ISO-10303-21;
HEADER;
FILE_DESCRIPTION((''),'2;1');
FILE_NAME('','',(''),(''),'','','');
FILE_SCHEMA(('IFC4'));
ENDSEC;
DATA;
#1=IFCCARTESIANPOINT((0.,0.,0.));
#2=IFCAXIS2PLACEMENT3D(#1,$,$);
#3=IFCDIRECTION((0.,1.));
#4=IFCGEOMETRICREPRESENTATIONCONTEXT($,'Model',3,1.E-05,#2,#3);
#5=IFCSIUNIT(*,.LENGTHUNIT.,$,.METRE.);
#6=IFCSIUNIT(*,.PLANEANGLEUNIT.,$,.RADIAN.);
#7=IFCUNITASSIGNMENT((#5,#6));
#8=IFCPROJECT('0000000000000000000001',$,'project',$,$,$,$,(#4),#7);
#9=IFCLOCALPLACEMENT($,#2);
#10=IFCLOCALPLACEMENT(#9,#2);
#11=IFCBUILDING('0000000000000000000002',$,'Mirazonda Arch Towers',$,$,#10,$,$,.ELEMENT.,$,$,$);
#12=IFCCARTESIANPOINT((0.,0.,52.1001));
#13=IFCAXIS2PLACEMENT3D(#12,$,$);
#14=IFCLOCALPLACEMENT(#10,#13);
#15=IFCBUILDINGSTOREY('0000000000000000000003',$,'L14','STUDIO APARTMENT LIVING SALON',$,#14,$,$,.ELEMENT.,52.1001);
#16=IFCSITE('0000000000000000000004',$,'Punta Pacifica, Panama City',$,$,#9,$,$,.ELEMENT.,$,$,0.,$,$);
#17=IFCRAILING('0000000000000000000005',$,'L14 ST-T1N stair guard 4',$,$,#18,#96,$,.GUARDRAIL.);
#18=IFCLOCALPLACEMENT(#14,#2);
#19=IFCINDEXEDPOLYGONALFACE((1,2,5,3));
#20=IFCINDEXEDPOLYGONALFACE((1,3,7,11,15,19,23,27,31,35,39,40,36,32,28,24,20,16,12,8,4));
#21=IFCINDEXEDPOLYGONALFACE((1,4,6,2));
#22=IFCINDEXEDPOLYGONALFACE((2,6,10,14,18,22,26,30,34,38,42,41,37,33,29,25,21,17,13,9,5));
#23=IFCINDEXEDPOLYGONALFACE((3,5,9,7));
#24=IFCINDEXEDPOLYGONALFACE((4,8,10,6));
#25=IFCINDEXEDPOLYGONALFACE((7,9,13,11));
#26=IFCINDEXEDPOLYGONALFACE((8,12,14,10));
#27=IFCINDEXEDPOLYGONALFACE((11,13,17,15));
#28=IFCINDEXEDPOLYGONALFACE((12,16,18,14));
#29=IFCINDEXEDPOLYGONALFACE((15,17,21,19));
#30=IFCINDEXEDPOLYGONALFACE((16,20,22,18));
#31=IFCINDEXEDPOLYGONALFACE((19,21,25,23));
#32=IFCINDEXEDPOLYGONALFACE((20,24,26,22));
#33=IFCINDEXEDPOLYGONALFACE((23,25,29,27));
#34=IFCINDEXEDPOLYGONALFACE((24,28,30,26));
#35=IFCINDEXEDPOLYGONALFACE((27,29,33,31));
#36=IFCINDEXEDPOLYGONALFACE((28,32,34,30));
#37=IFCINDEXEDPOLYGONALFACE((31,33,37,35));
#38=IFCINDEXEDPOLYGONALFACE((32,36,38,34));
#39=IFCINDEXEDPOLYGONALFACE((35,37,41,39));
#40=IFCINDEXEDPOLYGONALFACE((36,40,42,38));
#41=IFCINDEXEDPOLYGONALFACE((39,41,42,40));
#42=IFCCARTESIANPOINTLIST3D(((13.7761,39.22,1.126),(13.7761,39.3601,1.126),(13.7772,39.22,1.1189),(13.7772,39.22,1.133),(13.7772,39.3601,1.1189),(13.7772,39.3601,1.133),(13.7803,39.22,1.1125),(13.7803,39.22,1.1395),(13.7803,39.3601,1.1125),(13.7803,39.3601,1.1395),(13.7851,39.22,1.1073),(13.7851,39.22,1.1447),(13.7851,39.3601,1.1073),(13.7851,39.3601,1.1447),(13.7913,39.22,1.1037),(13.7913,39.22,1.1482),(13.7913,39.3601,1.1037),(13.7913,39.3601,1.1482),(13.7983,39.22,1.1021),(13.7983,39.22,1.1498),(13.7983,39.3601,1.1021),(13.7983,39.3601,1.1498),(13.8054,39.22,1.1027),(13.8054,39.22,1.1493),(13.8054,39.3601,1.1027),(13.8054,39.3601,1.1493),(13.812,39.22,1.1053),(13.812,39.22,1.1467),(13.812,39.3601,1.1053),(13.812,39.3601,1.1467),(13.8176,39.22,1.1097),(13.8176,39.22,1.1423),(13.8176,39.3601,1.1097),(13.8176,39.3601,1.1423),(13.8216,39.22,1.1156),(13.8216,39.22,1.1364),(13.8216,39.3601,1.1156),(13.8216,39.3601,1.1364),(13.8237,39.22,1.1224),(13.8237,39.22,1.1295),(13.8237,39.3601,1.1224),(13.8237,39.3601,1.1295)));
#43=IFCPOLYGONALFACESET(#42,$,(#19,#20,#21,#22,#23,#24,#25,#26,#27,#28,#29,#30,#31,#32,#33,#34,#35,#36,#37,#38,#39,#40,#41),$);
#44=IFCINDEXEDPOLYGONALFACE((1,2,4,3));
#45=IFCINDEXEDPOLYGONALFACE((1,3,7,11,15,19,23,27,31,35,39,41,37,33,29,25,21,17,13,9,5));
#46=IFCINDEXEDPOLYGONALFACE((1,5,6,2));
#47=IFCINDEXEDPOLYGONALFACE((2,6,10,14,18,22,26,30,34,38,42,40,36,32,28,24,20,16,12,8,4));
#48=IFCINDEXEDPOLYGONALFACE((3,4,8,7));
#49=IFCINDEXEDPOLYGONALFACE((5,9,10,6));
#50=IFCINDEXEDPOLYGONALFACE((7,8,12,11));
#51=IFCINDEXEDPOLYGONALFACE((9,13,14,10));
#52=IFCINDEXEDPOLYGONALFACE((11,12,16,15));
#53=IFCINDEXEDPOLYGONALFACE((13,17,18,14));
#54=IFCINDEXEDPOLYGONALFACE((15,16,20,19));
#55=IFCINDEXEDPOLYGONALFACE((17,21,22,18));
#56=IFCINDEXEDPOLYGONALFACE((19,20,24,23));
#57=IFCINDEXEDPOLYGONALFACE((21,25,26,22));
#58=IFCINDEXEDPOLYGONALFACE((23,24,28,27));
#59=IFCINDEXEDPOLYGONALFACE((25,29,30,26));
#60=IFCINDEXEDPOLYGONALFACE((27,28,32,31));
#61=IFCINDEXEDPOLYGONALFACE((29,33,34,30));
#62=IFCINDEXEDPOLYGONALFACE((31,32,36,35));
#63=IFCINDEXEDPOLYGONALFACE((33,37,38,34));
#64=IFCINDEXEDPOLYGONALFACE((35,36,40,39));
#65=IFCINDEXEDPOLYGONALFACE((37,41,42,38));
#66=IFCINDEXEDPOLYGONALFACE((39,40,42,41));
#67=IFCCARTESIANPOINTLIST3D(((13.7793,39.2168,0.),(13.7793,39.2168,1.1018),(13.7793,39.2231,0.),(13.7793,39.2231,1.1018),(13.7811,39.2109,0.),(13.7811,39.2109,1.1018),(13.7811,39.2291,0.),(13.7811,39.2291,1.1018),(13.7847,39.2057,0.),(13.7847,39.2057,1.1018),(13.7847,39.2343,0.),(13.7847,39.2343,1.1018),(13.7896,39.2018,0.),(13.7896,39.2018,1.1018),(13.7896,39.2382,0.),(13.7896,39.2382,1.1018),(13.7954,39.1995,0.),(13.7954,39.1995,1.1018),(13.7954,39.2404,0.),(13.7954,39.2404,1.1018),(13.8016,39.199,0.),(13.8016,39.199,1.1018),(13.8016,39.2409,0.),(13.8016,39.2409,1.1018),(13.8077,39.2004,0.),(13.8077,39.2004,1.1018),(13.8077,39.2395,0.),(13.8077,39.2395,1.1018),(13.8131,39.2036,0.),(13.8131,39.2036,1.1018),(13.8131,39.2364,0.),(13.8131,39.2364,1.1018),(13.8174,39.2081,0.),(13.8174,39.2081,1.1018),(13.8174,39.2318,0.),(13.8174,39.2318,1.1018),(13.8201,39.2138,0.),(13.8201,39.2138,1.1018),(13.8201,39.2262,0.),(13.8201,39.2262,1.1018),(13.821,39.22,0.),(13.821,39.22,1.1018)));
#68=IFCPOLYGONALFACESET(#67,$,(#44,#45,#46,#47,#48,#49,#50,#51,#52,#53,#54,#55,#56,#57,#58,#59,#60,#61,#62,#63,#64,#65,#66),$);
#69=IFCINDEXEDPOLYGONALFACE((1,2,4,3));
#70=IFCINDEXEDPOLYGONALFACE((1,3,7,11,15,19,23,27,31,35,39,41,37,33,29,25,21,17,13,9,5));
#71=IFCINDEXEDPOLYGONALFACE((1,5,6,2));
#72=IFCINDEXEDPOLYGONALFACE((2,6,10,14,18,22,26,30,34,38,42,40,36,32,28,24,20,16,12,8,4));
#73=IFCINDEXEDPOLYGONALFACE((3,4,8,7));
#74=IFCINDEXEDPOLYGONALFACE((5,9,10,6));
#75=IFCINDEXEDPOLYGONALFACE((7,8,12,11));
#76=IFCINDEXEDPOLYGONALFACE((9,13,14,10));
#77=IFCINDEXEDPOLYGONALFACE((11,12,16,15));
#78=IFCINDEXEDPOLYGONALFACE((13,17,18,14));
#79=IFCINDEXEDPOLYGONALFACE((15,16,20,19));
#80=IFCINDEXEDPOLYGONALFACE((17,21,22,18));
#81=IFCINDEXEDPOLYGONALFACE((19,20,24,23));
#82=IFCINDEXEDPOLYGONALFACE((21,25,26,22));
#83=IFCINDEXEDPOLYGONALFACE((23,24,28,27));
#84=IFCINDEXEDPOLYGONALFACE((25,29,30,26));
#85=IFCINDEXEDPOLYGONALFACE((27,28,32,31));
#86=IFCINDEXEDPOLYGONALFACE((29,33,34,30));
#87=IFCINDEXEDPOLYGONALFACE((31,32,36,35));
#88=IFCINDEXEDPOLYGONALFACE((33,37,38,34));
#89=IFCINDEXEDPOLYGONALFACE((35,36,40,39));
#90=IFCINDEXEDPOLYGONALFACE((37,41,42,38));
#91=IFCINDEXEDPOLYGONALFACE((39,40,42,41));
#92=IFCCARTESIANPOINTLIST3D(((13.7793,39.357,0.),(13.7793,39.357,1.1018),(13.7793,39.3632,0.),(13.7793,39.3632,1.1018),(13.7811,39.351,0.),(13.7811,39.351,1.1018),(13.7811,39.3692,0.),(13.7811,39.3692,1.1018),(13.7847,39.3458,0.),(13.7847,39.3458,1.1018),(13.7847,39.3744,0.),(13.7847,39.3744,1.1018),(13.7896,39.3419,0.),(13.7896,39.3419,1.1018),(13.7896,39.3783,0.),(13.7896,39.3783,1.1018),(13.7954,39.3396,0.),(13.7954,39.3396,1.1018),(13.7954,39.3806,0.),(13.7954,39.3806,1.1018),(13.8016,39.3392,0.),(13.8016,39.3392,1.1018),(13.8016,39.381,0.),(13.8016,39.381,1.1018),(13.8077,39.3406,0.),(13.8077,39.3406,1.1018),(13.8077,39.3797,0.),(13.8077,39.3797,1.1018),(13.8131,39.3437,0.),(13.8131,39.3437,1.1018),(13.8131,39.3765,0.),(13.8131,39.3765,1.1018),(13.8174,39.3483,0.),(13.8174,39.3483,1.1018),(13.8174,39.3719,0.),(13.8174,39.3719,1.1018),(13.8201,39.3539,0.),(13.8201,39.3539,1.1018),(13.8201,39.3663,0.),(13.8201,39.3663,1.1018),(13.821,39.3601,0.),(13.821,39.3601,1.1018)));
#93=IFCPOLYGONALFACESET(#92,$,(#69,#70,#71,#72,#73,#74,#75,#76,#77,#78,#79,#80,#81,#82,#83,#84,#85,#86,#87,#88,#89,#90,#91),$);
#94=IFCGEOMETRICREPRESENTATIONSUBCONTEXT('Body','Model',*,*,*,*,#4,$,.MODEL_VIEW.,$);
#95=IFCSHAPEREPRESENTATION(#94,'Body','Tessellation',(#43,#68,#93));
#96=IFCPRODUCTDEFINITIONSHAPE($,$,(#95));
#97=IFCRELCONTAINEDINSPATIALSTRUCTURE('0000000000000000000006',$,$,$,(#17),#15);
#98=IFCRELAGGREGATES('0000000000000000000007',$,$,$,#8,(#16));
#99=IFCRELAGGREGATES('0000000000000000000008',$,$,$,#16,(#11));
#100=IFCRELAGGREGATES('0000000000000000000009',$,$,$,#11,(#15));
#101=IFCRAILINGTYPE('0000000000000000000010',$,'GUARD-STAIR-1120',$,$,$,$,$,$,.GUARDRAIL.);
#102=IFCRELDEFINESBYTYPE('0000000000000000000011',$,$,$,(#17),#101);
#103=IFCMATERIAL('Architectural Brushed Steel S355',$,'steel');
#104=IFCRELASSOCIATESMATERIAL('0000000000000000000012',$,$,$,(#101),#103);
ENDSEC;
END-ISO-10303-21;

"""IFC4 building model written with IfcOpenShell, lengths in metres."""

from ifc_helpers import new_model, si_unit, direction, frame, origin, origin_2d, place, context, subcontext, project, spatial, circle, extrude, material, type_object, element, save


model = new_model("IFC4")

# Units and contexts
model_context = context("Model", 3, precision=1e-05, world=origin(), true_north=direction((0.0, 1.0)))
body_context = subcontext(model_context, "Body", "Model", "MODEL_VIEW")
ifc_project = project(units=[si_unit("LENGTHUNIT", "METRE"), si_unit("PLANEANGLEUNIT", "RADIAN")], contexts=[model_context])

# Site, building, storey
site_placement = place(None, origin())
site = spatial("IfcSite", under=ifc_project, at=site_placement, Name="Punta Pacifica, Panama City", CompositionType="ELEMENT", RefElevation=0.0)
building_placement = place(site_placement, origin())
building = spatial("IfcBuilding", under=site, at=building_placement, Name="Mirazonda Arch Towers", CompositionType="ELEMENT")
storey_placement = place(building_placement, frame((0.0, 0.0, 52.1001)))
storey = spatial("IfcBuildingStorey", under=building, at=storey_placement, Name="L14", Description="STUDIO APARTMENT LIVING SALON", CompositionType="ELEMENT", Elevation=52.1001)

# Shared definitions
ifc_material_1 = material(Name="Architectural Brushed Steel S355", Category="steel")

# Railing
railing_type_1 = type_object("IfcRailingType", Name="GUARD-STAIR-1120", PredefinedType="GUARDRAIL", material=ifc_material_1)
railing_1_placement = place(storey_placement, frame((13.8, 39.22, 0.0)))
element("IfcRailing", 1, at=railing_1_placement, inside=storey, type_object=railing_type_1, Name="L14 ST-T1N stair guard 4", PredefinedType="GUARDRAIL", context=body_context, shape_type="SweptSolid", body=[
    extrude(circle(Radius=0.0239, at=origin_2d()), frame((0.0, 0.0, 1.126), z_axis=(0.0, 1.0, 0.0), x_axis=(-1.0, 0.0, 0.0)), (0.0, 0.0, 1.0), 0.1401),
    extrude(circle(Radius=0.021, at=origin_2d()), origin(), (0.0, 0.0, 1.0), 1.1018),
    extrude(circle(Radius=0.021, at=origin_2d()), frame((0.0, 0.1401, 0.0)), (0.0, 0.0, 1.0), 1.1018),
])

save(model, "model.ifc")
